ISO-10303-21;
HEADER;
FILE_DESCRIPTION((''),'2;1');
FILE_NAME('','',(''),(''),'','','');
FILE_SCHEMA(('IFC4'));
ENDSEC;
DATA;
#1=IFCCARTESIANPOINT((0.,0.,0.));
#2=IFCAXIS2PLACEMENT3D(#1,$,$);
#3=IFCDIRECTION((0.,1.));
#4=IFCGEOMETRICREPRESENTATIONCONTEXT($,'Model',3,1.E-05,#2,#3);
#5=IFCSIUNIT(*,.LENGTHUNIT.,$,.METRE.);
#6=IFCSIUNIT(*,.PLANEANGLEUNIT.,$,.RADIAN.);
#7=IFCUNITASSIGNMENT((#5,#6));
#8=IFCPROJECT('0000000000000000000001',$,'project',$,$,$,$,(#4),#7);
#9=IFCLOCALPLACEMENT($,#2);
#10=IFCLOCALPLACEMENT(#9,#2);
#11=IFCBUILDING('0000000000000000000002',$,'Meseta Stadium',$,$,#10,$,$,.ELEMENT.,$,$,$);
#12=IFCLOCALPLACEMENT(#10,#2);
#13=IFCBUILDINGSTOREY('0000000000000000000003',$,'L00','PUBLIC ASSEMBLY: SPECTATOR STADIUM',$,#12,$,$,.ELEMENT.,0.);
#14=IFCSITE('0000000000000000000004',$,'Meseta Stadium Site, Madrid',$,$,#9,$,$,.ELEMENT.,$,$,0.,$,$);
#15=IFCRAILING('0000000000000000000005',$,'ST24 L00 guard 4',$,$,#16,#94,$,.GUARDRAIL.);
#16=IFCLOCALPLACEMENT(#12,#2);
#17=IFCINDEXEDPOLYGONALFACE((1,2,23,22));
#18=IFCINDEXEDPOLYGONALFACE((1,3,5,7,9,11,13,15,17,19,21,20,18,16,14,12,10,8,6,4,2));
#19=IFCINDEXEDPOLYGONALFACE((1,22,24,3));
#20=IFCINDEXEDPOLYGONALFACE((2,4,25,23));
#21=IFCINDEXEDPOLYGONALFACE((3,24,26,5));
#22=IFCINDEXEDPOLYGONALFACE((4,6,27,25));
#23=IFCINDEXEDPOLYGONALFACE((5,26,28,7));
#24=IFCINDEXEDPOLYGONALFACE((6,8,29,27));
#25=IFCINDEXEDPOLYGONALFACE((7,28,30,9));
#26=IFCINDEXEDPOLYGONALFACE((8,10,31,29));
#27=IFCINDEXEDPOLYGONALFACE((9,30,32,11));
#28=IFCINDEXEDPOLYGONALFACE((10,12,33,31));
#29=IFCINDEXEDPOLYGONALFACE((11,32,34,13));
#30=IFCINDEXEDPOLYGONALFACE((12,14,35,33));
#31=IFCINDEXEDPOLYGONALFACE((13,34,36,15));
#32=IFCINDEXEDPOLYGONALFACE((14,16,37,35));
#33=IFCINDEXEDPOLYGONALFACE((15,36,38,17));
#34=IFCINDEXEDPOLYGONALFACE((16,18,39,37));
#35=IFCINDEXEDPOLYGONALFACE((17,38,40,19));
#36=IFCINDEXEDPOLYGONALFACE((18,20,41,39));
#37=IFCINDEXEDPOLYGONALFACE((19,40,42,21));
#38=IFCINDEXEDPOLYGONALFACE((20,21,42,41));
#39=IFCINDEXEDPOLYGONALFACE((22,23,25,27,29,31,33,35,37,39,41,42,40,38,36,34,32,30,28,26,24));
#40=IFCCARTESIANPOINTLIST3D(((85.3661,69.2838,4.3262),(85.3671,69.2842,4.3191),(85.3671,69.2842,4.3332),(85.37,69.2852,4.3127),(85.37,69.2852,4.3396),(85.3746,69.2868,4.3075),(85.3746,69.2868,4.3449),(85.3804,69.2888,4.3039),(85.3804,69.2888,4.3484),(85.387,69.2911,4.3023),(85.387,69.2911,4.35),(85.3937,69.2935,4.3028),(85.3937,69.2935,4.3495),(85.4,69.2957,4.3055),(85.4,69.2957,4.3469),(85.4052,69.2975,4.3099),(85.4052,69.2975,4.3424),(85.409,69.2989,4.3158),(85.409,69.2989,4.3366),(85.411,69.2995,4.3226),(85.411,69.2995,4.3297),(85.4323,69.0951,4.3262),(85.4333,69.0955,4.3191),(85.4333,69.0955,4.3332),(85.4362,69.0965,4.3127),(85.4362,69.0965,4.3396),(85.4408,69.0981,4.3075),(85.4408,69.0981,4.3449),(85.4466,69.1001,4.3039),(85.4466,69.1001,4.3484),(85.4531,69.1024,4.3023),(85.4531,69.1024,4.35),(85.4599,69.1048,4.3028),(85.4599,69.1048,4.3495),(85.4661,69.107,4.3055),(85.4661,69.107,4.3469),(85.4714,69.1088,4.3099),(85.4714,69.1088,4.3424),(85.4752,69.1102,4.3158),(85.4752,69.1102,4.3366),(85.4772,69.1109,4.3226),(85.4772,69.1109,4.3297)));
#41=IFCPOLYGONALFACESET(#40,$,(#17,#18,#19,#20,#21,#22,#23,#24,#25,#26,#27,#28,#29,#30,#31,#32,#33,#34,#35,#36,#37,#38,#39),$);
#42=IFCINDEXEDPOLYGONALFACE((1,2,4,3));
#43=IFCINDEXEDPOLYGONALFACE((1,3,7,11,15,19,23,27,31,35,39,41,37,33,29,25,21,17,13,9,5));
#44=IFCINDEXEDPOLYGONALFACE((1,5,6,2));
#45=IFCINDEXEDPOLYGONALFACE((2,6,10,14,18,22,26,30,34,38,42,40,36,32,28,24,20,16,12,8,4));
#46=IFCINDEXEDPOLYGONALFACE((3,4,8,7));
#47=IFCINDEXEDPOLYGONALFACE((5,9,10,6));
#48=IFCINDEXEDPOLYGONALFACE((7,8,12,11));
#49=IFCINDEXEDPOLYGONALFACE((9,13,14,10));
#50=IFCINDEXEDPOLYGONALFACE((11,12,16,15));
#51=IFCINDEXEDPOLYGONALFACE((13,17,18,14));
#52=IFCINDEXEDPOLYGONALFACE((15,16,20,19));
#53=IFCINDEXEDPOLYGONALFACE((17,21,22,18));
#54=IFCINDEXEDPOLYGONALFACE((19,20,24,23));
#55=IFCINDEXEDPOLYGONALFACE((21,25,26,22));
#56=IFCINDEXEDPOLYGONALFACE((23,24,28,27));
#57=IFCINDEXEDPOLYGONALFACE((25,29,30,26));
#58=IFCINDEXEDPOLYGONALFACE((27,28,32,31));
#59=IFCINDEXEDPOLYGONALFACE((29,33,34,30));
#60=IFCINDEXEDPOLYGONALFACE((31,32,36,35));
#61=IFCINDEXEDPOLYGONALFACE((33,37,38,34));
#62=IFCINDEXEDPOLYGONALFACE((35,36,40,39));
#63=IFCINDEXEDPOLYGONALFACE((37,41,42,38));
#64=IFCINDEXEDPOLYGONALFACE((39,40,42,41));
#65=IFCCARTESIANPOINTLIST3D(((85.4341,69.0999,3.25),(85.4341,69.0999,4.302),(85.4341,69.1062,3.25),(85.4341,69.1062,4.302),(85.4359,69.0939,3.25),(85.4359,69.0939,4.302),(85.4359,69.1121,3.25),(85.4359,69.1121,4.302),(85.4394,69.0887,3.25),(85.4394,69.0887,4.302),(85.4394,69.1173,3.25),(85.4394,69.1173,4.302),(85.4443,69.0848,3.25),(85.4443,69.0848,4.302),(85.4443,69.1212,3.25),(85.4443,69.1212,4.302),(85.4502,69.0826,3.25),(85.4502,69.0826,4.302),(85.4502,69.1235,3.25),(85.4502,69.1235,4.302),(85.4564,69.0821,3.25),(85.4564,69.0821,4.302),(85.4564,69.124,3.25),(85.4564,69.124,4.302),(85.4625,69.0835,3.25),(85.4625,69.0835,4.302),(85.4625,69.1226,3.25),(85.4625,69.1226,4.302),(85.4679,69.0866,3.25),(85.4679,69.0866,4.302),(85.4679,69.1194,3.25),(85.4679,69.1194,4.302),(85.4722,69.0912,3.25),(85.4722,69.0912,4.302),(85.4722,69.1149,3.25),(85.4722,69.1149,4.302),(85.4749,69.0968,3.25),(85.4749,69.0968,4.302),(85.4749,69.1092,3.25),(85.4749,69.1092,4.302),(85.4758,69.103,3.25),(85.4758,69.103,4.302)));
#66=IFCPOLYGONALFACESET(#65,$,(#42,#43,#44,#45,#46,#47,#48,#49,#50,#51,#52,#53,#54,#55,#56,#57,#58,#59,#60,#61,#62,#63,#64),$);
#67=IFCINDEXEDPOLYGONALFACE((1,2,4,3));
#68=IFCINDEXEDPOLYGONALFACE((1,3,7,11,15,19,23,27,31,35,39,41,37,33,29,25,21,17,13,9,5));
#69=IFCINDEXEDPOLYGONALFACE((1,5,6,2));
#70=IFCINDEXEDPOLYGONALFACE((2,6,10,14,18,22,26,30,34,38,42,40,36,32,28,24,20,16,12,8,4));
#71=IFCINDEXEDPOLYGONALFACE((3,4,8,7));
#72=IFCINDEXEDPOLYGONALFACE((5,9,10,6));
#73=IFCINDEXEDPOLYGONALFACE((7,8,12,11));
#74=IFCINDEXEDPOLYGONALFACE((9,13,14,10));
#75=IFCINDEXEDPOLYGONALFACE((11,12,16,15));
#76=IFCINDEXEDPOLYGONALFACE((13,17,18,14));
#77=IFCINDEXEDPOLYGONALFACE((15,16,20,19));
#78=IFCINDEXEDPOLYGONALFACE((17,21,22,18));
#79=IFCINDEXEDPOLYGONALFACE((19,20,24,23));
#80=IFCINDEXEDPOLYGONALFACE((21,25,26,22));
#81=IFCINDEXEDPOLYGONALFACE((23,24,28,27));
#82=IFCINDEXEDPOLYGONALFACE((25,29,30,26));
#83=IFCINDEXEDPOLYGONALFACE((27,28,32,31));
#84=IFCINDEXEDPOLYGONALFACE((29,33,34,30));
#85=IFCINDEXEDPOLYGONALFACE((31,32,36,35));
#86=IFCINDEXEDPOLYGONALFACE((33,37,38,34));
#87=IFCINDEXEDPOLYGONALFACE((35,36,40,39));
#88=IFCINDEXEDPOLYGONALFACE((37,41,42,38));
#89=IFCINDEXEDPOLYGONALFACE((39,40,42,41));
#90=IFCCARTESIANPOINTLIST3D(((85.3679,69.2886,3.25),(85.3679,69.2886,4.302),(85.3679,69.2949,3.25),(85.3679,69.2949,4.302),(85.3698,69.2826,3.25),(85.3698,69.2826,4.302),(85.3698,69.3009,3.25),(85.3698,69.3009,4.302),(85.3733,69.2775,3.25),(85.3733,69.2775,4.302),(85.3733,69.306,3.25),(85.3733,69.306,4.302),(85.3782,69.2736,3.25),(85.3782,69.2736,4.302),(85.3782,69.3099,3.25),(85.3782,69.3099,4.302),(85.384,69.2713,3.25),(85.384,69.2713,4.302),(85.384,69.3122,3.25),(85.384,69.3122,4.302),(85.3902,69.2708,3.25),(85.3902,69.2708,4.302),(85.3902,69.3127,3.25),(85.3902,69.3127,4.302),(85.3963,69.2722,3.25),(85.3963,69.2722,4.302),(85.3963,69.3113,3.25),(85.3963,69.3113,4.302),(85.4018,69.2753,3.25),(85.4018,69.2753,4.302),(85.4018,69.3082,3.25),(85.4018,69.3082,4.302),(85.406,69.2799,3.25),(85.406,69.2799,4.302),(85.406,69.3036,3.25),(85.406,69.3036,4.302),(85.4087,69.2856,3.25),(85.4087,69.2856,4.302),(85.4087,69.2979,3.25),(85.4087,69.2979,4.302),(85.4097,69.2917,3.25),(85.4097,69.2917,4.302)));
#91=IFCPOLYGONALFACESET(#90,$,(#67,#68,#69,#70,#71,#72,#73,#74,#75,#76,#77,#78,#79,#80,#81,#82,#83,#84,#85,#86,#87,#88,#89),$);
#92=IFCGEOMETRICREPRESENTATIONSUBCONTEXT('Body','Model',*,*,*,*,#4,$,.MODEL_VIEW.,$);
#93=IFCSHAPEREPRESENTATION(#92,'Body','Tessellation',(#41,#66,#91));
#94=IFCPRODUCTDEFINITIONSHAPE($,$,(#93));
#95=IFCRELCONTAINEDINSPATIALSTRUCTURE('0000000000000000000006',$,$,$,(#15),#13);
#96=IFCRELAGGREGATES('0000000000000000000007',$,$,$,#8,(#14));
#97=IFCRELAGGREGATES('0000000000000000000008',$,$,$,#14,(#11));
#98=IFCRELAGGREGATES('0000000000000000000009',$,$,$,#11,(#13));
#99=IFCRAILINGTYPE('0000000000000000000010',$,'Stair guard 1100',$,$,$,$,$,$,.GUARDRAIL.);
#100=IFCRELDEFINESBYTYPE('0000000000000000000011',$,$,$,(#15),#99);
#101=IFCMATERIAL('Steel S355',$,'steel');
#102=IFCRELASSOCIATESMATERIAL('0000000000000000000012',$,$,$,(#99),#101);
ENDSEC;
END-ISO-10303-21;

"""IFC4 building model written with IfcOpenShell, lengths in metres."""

from ifc_helpers import new_model, si_unit, direction, frame, origin, origin_2d, place, context, subcontext, project, spatial, circle, extrude, material, type_object, element, save


model = new_model("IFC4")

# Units and contexts
model_context = context("Model", 3, precision=1e-05, world=origin(), true_north=direction((0.0, 1.0)))
body_context = subcontext(model_context, "Body", "Model", "MODEL_VIEW")
ifc_project = project(units=[si_unit("LENGTHUNIT", "METRE"), si_unit("PLANEANGLEUNIT", "RADIAN")], contexts=[model_context])

# Site, building, storey
site_placement = place(None, origin())
site = spatial("IfcSite", under=ifc_project, at=site_placement, Name="Meseta Stadium Site, Madrid", CompositionType="ELEMENT", RefElevation=0.0)
building_placement = place(site_placement, origin())
building = spatial("IfcBuilding", under=site, at=building_placement, Name="Meseta Stadium", CompositionType="ELEMENT")
storey_placement = place(building_placement, origin())
storey = spatial("IfcBuildingStorey", under=building, at=storey_placement, Name="L00", Description="PUBLIC ASSEMBLY: SPECTATOR STADIUM", CompositionType="ELEMENT", Elevation=0.0)

# Railing
ifc_material_1 = material(Name="Steel S355", Category="steel")
railing_type_1 = type_object("IfcRailingType", Name="Stair guard 1100", PredefinedType="GUARDRAIL", material=ifc_material_1)
railing_1_placement = place(storey_placement, frame((85.4548, 69.103, 3.25)))
element("IfcRailing", 1, at=railing_1_placement, inside=storey, type_object=railing_type_1, Name="ST24 L00 guard 4", PredefinedType="GUARDRAIL", context=body_context, shape_type="SweptSolid", body=[
    extrude(circle(Radius=0.0239, at=origin_2d()), frame((0.0, 0.0, 1.0762), z_axis=(-0.33084, 0.943687, 0.0), x_axis=(-0.943687, -0.33084, 0.0)), (0.0, 0.0, 1.0), 0.2),
    extrude(circle(Radius=0.021, at=origin_2d()), origin(), (0.0, 0.0, 1.0), 1.052),
    extrude(circle(Radius=0.021, at=origin_2d()), frame((-0.0662, 0.1887, 0.0)), (0.0, 0.0, 1.0), 1.052),
])

save(model, "model.ifc")
